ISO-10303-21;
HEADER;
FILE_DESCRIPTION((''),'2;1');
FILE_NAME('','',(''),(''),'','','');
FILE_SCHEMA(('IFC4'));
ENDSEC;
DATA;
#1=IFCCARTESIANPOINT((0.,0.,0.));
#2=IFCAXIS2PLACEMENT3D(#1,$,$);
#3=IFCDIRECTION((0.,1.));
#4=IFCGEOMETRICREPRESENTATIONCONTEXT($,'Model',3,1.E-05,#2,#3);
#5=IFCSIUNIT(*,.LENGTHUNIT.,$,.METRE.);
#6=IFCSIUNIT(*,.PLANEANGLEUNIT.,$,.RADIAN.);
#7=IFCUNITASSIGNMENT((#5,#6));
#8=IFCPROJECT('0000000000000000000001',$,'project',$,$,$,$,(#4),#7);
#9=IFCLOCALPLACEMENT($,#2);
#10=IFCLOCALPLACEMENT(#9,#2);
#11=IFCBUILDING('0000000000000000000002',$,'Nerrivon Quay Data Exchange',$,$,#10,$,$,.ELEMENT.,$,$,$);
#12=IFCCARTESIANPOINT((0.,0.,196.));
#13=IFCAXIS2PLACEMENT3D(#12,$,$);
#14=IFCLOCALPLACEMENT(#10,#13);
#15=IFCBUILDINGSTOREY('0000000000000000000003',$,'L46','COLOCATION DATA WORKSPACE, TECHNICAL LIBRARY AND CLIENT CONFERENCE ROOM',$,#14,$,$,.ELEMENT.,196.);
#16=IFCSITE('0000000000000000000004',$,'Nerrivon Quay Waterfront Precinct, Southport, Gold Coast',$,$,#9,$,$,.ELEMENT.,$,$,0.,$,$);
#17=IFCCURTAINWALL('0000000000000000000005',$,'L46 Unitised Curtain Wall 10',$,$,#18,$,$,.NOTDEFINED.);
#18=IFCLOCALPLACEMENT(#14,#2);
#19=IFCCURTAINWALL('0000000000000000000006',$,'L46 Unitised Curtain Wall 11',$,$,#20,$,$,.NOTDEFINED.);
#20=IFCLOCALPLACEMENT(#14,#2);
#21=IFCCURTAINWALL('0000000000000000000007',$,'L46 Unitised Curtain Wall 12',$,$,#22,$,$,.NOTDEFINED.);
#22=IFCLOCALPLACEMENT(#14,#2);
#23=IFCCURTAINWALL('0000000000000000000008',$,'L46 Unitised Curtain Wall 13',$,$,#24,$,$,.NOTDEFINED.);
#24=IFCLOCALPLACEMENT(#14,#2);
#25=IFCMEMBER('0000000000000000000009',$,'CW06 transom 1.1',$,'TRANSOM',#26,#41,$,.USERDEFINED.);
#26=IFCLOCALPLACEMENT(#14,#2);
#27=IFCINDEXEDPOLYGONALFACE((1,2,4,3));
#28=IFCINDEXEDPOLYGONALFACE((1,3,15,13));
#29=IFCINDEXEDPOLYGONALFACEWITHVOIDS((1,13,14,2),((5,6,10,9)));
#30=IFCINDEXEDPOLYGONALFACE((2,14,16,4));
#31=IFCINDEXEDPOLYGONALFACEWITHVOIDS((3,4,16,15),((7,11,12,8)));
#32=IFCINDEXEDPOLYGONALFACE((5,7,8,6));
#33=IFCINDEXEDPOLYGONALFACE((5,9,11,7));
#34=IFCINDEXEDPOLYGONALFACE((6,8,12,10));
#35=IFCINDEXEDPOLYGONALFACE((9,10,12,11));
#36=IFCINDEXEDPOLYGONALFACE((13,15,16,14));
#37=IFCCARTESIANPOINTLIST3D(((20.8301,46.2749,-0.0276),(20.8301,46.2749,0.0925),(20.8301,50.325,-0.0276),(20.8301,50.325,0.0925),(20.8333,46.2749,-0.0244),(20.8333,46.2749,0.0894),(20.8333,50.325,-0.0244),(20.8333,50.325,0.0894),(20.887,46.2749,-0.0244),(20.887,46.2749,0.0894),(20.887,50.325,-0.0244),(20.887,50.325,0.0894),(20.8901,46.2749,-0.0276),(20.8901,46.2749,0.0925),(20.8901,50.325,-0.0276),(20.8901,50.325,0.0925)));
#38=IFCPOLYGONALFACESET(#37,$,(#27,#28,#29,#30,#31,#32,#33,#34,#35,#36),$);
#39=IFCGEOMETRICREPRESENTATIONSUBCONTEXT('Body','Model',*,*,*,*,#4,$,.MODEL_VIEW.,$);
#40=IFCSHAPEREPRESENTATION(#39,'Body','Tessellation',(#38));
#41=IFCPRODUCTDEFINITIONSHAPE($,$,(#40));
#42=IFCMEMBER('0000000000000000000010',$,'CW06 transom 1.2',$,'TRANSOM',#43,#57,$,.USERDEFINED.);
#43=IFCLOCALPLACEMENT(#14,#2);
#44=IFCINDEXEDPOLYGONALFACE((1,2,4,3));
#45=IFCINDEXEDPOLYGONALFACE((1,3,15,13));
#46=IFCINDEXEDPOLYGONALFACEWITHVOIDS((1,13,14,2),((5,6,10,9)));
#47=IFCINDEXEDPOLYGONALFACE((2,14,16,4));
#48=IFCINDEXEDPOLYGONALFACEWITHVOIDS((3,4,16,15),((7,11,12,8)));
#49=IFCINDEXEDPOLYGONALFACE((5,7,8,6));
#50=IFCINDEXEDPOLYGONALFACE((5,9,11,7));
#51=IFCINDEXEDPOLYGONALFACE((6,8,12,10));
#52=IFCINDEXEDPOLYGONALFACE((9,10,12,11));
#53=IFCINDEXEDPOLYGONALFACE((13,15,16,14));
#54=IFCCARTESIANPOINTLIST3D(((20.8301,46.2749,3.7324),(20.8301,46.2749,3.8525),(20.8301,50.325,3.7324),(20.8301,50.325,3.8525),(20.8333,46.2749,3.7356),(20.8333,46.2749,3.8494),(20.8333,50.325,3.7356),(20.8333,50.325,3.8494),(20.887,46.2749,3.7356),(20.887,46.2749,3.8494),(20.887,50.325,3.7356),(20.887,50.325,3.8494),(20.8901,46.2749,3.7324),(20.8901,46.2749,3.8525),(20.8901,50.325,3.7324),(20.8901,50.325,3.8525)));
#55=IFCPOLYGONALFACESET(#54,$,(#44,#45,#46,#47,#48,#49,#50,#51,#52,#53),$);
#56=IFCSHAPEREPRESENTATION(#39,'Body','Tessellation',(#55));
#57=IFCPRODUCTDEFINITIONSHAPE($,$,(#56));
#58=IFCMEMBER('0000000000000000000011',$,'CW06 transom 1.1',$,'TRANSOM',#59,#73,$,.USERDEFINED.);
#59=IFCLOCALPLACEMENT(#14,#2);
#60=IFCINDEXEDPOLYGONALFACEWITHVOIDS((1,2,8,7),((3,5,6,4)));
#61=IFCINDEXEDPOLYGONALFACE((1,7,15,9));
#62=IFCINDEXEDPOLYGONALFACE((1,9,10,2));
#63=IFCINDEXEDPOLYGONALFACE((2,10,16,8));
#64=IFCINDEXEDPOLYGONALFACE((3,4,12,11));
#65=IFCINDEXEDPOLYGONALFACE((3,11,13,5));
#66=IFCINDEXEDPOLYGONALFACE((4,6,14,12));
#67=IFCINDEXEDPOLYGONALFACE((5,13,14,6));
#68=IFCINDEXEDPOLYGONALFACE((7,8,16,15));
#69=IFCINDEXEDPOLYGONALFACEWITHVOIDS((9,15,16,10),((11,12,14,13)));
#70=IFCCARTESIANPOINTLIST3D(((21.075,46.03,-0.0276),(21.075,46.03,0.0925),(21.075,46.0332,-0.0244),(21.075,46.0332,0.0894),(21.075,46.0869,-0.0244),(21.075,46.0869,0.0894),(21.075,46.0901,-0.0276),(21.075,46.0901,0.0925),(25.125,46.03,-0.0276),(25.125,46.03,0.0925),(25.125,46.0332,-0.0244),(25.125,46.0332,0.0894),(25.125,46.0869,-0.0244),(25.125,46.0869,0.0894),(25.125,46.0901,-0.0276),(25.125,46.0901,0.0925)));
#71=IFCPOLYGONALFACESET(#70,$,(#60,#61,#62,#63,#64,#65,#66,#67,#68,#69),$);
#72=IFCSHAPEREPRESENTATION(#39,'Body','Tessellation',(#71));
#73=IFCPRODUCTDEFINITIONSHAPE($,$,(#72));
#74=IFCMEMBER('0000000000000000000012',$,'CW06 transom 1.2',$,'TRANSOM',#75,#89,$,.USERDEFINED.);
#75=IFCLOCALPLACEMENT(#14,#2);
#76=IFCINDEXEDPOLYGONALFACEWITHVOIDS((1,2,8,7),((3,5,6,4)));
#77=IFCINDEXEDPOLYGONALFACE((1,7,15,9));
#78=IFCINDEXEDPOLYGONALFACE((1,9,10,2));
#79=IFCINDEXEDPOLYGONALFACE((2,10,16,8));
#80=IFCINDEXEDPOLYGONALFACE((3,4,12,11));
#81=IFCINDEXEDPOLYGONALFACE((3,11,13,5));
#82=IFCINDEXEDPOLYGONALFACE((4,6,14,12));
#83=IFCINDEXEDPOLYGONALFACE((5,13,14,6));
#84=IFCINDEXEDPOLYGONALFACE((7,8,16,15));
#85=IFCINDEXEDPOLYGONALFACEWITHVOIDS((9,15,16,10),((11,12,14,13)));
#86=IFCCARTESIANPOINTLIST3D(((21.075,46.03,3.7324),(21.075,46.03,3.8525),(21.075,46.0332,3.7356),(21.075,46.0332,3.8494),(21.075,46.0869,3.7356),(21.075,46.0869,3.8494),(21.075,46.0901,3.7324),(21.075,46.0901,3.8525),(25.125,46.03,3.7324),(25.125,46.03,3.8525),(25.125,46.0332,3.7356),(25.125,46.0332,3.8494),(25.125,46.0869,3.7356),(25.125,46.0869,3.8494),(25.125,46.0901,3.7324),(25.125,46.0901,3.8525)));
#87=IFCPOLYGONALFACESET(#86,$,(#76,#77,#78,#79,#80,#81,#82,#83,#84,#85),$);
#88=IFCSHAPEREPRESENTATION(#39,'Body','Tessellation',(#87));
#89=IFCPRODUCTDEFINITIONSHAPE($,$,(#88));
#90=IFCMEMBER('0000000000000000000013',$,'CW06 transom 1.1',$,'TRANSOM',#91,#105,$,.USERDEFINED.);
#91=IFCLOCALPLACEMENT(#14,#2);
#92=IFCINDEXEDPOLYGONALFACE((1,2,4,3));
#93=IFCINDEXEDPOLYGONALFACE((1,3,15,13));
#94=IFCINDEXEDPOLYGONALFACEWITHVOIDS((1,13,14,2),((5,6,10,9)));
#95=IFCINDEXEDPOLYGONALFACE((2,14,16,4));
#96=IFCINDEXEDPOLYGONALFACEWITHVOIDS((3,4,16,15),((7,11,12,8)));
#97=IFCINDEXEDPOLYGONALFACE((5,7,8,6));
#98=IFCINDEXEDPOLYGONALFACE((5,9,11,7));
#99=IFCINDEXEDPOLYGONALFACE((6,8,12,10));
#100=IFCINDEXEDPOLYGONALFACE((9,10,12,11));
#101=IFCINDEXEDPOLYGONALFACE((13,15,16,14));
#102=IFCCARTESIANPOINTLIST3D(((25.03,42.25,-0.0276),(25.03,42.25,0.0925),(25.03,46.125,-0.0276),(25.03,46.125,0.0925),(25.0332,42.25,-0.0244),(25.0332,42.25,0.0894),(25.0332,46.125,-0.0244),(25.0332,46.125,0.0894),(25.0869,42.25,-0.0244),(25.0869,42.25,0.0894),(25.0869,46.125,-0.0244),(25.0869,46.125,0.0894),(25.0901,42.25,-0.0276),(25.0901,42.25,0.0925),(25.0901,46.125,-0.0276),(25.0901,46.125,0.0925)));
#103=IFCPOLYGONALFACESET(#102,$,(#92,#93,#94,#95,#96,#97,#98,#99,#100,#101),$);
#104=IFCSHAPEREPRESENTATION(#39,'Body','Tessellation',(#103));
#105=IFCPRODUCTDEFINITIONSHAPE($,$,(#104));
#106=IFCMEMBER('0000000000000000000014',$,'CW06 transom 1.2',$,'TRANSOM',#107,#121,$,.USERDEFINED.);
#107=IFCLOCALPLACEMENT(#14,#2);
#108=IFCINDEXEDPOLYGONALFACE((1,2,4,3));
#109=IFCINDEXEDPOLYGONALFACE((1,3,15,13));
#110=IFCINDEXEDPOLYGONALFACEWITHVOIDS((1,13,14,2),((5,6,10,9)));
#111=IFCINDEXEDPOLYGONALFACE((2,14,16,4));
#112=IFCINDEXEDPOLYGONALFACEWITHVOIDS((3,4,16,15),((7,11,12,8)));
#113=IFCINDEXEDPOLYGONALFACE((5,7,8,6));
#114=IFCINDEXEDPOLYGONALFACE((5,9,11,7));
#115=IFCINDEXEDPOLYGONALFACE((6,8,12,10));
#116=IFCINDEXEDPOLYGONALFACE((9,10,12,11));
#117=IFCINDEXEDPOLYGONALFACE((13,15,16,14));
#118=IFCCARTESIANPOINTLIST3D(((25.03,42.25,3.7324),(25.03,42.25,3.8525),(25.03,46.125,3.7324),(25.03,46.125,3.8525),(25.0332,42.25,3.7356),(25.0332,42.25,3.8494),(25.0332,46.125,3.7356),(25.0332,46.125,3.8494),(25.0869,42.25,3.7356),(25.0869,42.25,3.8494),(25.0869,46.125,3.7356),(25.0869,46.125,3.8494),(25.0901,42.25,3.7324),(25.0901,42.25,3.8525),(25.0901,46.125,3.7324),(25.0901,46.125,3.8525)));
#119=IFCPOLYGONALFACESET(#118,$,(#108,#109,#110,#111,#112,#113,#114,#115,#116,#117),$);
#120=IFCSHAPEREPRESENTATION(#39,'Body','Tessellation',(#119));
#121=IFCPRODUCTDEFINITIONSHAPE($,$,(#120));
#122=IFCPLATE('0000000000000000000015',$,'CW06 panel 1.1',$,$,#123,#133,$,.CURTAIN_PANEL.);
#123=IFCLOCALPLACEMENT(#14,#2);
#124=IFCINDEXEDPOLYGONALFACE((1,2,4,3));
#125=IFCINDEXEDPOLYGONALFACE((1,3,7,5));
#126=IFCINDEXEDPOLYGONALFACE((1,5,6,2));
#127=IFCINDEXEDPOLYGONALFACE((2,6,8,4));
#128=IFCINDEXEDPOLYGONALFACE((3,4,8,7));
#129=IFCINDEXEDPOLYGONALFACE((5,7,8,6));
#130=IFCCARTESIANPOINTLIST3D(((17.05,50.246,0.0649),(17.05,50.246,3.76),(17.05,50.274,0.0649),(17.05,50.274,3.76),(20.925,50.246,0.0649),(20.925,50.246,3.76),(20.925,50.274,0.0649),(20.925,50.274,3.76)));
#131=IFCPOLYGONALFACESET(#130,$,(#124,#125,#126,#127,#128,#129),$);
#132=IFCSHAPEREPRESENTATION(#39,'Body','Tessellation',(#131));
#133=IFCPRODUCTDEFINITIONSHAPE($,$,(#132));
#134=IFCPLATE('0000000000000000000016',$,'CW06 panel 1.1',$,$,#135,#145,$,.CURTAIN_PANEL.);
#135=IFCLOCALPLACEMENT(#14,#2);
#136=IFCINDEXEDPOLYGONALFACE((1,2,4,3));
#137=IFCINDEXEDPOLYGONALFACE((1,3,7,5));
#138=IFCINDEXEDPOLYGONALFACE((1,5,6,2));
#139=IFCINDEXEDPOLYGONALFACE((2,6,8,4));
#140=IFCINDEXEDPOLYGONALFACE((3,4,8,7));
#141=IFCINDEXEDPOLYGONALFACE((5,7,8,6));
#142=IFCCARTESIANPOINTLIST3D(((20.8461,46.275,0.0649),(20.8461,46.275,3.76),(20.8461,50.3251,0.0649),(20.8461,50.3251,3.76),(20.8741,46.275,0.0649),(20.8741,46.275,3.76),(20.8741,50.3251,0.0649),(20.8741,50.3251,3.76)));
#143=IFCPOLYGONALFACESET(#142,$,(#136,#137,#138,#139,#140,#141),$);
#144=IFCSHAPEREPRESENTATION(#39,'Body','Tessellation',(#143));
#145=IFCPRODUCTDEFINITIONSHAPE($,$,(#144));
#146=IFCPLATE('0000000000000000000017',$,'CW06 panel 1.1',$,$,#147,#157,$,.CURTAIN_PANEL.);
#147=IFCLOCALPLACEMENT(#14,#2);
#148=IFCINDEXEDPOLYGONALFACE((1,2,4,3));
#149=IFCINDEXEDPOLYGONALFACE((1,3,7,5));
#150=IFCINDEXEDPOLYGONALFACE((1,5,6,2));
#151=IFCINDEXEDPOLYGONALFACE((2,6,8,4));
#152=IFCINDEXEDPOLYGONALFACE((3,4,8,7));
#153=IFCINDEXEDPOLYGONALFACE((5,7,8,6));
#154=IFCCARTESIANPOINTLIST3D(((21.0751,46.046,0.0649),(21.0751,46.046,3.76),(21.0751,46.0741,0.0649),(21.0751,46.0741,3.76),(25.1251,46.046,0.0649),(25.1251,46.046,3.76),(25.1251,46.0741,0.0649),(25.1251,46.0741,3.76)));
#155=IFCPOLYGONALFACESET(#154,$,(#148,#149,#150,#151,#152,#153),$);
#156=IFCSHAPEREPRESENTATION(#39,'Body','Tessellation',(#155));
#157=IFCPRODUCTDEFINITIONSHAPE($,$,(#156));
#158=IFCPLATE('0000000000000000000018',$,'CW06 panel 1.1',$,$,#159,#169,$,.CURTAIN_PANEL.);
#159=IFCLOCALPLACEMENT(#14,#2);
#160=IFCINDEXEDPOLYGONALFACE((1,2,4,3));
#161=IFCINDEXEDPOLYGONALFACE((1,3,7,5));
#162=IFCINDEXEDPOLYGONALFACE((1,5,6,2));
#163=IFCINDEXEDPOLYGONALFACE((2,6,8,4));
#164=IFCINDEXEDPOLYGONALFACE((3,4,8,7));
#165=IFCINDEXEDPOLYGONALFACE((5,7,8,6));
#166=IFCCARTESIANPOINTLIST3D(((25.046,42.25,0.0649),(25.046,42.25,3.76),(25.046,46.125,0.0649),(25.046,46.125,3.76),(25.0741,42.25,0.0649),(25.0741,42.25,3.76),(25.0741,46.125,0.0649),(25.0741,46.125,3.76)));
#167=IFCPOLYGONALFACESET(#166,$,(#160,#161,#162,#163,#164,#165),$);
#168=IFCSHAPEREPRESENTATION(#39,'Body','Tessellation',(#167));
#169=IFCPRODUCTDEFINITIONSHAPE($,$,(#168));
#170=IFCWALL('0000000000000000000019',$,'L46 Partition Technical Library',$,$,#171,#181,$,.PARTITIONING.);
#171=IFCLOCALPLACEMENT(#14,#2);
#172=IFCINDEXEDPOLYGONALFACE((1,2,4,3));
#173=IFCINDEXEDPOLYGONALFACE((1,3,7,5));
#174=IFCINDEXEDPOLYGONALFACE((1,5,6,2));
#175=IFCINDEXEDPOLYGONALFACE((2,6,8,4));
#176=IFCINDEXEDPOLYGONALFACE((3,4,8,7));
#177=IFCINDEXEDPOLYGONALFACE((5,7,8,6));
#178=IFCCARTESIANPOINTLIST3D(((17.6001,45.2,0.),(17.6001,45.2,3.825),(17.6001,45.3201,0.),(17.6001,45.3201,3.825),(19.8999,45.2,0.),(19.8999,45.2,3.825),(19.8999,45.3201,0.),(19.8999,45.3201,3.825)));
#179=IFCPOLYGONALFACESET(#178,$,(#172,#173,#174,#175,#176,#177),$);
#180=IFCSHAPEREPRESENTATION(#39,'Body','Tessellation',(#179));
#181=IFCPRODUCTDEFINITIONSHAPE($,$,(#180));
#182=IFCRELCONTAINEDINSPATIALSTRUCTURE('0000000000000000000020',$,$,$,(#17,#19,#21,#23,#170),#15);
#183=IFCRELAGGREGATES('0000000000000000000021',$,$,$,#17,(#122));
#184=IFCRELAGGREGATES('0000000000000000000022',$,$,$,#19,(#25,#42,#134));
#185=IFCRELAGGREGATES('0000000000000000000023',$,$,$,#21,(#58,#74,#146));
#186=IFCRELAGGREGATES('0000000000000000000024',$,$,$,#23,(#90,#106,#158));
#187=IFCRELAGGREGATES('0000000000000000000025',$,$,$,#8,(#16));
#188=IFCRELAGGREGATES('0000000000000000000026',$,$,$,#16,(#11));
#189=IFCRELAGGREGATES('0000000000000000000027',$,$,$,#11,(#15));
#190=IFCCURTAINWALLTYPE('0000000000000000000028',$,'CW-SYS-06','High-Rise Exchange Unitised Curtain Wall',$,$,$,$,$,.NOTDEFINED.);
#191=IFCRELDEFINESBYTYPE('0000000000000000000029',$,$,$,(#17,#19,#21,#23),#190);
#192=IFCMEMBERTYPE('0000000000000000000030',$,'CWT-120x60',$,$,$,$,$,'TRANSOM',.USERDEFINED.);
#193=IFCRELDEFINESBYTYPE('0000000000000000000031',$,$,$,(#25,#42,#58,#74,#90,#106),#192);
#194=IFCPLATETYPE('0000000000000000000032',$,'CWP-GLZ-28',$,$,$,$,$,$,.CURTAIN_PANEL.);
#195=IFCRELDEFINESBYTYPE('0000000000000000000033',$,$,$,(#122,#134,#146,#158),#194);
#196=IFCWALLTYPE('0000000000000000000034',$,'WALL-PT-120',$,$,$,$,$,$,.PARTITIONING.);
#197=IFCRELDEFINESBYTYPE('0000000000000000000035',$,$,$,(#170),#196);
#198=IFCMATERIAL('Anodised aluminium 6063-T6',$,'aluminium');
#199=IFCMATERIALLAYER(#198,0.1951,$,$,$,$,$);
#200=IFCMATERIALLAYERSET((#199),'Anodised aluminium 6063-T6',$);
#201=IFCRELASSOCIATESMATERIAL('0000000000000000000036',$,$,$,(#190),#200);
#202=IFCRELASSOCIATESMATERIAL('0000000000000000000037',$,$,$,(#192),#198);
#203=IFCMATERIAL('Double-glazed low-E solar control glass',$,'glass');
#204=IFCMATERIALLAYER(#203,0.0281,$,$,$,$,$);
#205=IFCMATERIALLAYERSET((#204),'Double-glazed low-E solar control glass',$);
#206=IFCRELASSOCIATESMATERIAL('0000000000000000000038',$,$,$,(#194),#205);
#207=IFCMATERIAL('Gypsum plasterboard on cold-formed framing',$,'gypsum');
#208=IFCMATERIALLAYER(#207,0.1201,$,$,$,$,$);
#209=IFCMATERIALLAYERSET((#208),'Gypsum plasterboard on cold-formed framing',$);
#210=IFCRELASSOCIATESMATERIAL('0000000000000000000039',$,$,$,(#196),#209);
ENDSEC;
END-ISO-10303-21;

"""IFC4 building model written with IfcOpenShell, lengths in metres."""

from ifc_helpers import new_model, si_unit, direction, frame, frame_2d, origin, origin_2d, place, context, subcontext, project, spatial, rectangle, hollow_rectangle, extrude, material, layer, layer_set, material_profile, profile_set, type_object, element, aggregate, save


model = new_model("IFC4")

# Units and contexts
model_context = context("Model", 3, precision=1e-05, world=origin(), true_north=direction((0.0, 1.0)))
body_context = subcontext(model_context, "Body", "Model", "MODEL_VIEW")
ifc_project = project(units=[si_unit("LENGTHUNIT", "METRE"), si_unit("PLANEANGLEUNIT", "RADIAN")], contexts=[model_context])

# Site, building, storey
site_placement = place(None, origin())
site = spatial("IfcSite", under=ifc_project, at=site_placement, Name="Nerrivon Quay Waterfront Precinct, Southport, Gold Coast", CompositionType="ELEMENT", RefElevation=0.0)
building_placement = place(site_placement, origin())
building = spatial("IfcBuilding", under=site, at=building_placement, Name="Nerrivon Quay Data Exchange", CompositionType="ELEMENT")
storey_placement = place(building_placement, frame((0.0, 0.0, 196.0)))
storey = spatial("IfcBuildingStorey", under=building, at=storey_placement, Name="L46", Description="COLOCATION DATA WORKSPACE, TECHNICAL LIBRARY AND CLIENT CONFERENCE ROOM", CompositionType="ELEMENT", Elevation=196.0)

# Curtain walls
ifc_material_1 = material(Name="Anodised aluminium 6063-T6", Category="aluminium")
ifc_layer_1 = layer(ifc_material_1, 0.1951)
ifc_layer_set_1 = layer_set([ifc_layer_1], Name="Anodised aluminium 6063-T6")
curtain_wall_type = type_object("IfcCurtainWallType", Name="CW-SYS-06", Description="High-Rise Exchange Unitised Curtain Wall", PredefinedType="NOTDEFINED", material=ifc_layer_set_1)
curtain_wall_1_placement = place(storey_placement, origin())
curtain_wall_1 = element("IfcCurtainWall", 1, at=curtain_wall_1_placement, inside=storey, type_object=curtain_wall_type, Name="L46 Unitised Curtain Wall 10", PredefinedType="NOTDEFINED")
curtain_wall_2_placement = place(storey_placement, origin())
curtain_wall_2 = element("IfcCurtainWall", 2, at=curtain_wall_2_placement, inside=storey, type_object=curtain_wall_type, Name="L46 Unitised Curtain Wall 11", PredefinedType="NOTDEFINED")
curtain_wall_3_placement = place(storey_placement, origin())
curtain_wall_3 = element("IfcCurtainWall", 3, at=curtain_wall_3_placement, inside=storey, type_object=curtain_wall_type, Name="L46 Unitised Curtain Wall 12", PredefinedType="NOTDEFINED")

# Curtain wall
curtain_wall_4_placement = place(storey_placement, origin())
curtain_wall_4 = element("IfcCurtainWall", 4, at=curtain_wall_4_placement, inside=storey, type_object=curtain_wall_type, Name="L46 Unitised Curtain Wall 13", PredefinedType="NOTDEFINED")

# Members
ifc_material_profile_1 = material_profile(ifc_material_1, hollow_rectangle(XDim=0.0601, YDim=0.1201, WallThickness=0.0032, at=origin_2d()), Name="ALU-TRAN-120x60")
ifc_profile_set_1 = profile_set([ifc_material_profile_1], Name="Anodised aluminium 6063-T6")
member_type_1 = type_object("IfcMemberType", Name="CWT-120x60", ElementType="TRANSOM", PredefinedType="USERDEFINED", material=ifc_profile_set_1)
member_1_placement = place(storey_placement, frame((20.8601, 50.325, 0.0325), z_axis=(0.0, -1.0, 0.0), x_axis=(1.0, 0.0, 0.0)))
member_1 = element("IfcMember", 5, at=member_1_placement, type_object=member_type_1, Name="CW06 transom 1.1", ObjectType="TRANSOM", PredefinedType="USERDEFINED", context=body_context, shape_type="SweptSolid", body=[
    extrude(hollow_rectangle(XDim=0.0601, YDim=0.1201, WallThickness=0.0032, at=origin_2d()), origin(), (0.0, 0.0, 1.0), 4.05),
])
member_2_placement = place(storey_placement, frame((20.8601, 50.325, 3.7925), z_axis=(0.0, -1.0, 0.0), x_axis=(1.0, 0.0, 0.0)))
member_2 = element("IfcMember", 6, at=member_2_placement, type_object=member_type_1, Name="CW06 transom 1.2", ObjectType="TRANSOM", PredefinedType="USERDEFINED", context=body_context, shape_type="SweptSolid", body=[
    extrude(hollow_rectangle(XDim=0.0601, YDim=0.1201, WallThickness=0.0032, at=origin_2d()), origin(), (0.0, 0.0, 1.0), 4.05),
])
member_3_placement = place(storey_placement, frame((21.075, 46.0601, 0.0325), z_axis=(1.0, 0.0, 0.0), x_axis=(0.0, 1.0, 0.0)))
member_3 = element("IfcMember", 7, at=member_3_placement, type_object=member_type_1, Name="CW06 transom 1.1", ObjectType="TRANSOM", PredefinedType="USERDEFINED", context=body_context, shape_type="SweptSolid", body=[
    extrude(hollow_rectangle(XDim=0.0601, YDim=0.1201, WallThickness=0.0032, at=origin_2d()), origin(), (0.0, 0.0, 1.0), 4.05),
])
member_4_placement = place(storey_placement, frame((21.075, 46.0601, 3.7925), z_axis=(1.0, 0.0, 0.0), x_axis=(0.0, 1.0, 0.0)))
member_4 = element("IfcMember", 8, at=member_4_placement, type_object=member_type_1, Name="CW06 transom 1.2", ObjectType="TRANSOM", PredefinedType="USERDEFINED", context=body_context, shape_type="SweptSolid", body=[
    extrude(hollow_rectangle(XDim=0.0601, YDim=0.1201, WallThickness=0.0032, at=origin_2d()), origin(), (0.0, 0.0, 1.0), 4.05),
])
member_5_placement = place(storey_placement, frame((25.0601, 46.125, 0.0325), z_axis=(0.0, -1.0, 0.0), x_axis=(1.0, 0.0, 0.0)))
member_5 = element("IfcMember", 9, at=member_5_placement, type_object=member_type_1, Name="CW06 transom 1.1", ObjectType="TRANSOM", PredefinedType="USERDEFINED", context=body_context, shape_type="SweptSolid", body=[
    extrude(hollow_rectangle(XDim=0.0601, YDim=0.1201, WallThickness=0.0032, at=origin_2d()), origin(), (0.0, 0.0, 1.0), 3.875),
])
member_6_placement = place(storey_placement, frame((25.0601, 46.125, 3.7925), z_axis=(0.0, -1.0, 0.0), x_axis=(1.0, 0.0, 0.0)))
member_6 = element("IfcMember", 10, at=member_6_placement, type_object=member_type_1, Name="CW06 transom 1.2", ObjectType="TRANSOM", PredefinedType="USERDEFINED", context=body_context, shape_type="SweptSolid", body=[
    extrude(hollow_rectangle(XDim=0.0601, YDim=0.1201, WallThickness=0.0032, at=origin_2d()), origin(), (0.0, 0.0, 1.0), 3.875),
])

# Plates
ifc_material_2 = material(Name="Double-glazed low-E solar control glass", Category="glass")
ifc_layer_2 = layer(ifc_material_2, 0.0281)
ifc_layer_set_2 = layer_set([ifc_layer_2], Name="Double-glazed low-E solar control glass")
plate_type = type_object("IfcPlateType", Name="CWP-GLZ-28", PredefinedType="CURTAIN_PANEL", material=ifc_layer_set_2)
plate_1_placement = place(storey_placement, frame((18.9875, 50.26, 0.0649), z_axis=(0.0, 0.0, 1.0), x_axis=(1.0, 0.0, 0.0)))
plate_1 = element("IfcPlate", 11, at=plate_1_placement, type_object=plate_type, Name="CW06 panel 1.1", PredefinedType="CURTAIN_PANEL", context=body_context, shape_type="SweptSolid", body=[
    extrude(rectangle(XDim=3.875, YDim=0.0281, at=origin_2d()), origin(), (0.0, 0.0, 1.0), 3.6951),
])
aggregate(curtain_wall_1, [plate_1])
plate_2_placement = place(storey_placement, frame((20.8601, 48.3, 0.0649), z_axis=(0.0, 0.0, 1.0), x_axis=(0.0, -1.0, 0.0)))
plate_2 = element("IfcPlate", 12, at=plate_2_placement, type_object=plate_type, Name="CW06 panel 1.1", PredefinedType="CURTAIN_PANEL", context=body_context, shape_type="SweptSolid", body=[
    extrude(rectangle(XDim=4.05, YDim=0.0281, at=origin_2d()), origin(), (0.0, 0.0, 1.0), 3.6951),
])
aggregate(curtain_wall_2, [member_1, member_2, plate_2])
plate_3_placement = place(storey_placement, frame((23.1001, 46.0601, 0.0649), z_axis=(0.0, 0.0, 1.0), x_axis=(1.0, 0.0, 0.0)))
plate_3 = element("IfcPlate", 13, at=plate_3_placement, type_object=plate_type, Name="CW06 panel 1.1", PredefinedType="CURTAIN_PANEL", context=body_context, shape_type="SweptSolid", body=[
    extrude(rectangle(XDim=4.05, YDim=0.0281, at=origin_2d()), origin(), (0.0, 0.0, 1.0), 3.6951),
])
aggregate(curtain_wall_3, [member_3, member_4, plate_3])
plate_4_placement = place(storey_placement, frame((25.0601, 44.1875, 0.0649), z_axis=(0.0, 0.0, 1.0), x_axis=(0.0, -1.0, 0.0)))
plate_4 = element("IfcPlate", 14, at=plate_4_placement, type_object=plate_type, Name="CW06 panel 1.1", PredefinedType="CURTAIN_PANEL", context=body_context, shape_type="SweptSolid", body=[
    extrude(rectangle(XDim=3.875, YDim=0.0281, at=origin_2d()), origin(), (0.0, 0.0, 1.0), 3.6951),
])
aggregate(curtain_wall_4, [member_5, member_6, plate_4])

# Wall
ifc_material_3 = material(Name="Gypsum plasterboard on cold-formed framing", Category="gypsum")
ifc_layer_3 = layer(ifc_material_3, 0.1201)
ifc_layer_set_3 = layer_set([ifc_layer_3], Name="Gypsum plasterboard on cold-formed framing")
wall_type_1 = type_object("IfcWallType", Name="WALL-PT-120", PredefinedType="PARTITIONING", material=ifc_layer_set_3)
wall_1_placement = place(storey_placement, frame((17.6001, 45.26, 0.0), z_axis=(0.0, 0.0, 1.0), x_axis=(1.0, 0.0, 0.0)))
element("IfcWall", 15, at=wall_1_placement, inside=storey, type_object=wall_type_1, Name="L46 Partition Technical Library", PredefinedType="PARTITIONING", context=body_context, shape_type="SweptSolid", body=[
    extrude(rectangle(XDim=2.2998, YDim=0.1201, at=frame_2d((1.1499, 0.0))), origin(), (0.0, 0.0, 1.0), 3.825),
])

save(model, "model.ifc")
